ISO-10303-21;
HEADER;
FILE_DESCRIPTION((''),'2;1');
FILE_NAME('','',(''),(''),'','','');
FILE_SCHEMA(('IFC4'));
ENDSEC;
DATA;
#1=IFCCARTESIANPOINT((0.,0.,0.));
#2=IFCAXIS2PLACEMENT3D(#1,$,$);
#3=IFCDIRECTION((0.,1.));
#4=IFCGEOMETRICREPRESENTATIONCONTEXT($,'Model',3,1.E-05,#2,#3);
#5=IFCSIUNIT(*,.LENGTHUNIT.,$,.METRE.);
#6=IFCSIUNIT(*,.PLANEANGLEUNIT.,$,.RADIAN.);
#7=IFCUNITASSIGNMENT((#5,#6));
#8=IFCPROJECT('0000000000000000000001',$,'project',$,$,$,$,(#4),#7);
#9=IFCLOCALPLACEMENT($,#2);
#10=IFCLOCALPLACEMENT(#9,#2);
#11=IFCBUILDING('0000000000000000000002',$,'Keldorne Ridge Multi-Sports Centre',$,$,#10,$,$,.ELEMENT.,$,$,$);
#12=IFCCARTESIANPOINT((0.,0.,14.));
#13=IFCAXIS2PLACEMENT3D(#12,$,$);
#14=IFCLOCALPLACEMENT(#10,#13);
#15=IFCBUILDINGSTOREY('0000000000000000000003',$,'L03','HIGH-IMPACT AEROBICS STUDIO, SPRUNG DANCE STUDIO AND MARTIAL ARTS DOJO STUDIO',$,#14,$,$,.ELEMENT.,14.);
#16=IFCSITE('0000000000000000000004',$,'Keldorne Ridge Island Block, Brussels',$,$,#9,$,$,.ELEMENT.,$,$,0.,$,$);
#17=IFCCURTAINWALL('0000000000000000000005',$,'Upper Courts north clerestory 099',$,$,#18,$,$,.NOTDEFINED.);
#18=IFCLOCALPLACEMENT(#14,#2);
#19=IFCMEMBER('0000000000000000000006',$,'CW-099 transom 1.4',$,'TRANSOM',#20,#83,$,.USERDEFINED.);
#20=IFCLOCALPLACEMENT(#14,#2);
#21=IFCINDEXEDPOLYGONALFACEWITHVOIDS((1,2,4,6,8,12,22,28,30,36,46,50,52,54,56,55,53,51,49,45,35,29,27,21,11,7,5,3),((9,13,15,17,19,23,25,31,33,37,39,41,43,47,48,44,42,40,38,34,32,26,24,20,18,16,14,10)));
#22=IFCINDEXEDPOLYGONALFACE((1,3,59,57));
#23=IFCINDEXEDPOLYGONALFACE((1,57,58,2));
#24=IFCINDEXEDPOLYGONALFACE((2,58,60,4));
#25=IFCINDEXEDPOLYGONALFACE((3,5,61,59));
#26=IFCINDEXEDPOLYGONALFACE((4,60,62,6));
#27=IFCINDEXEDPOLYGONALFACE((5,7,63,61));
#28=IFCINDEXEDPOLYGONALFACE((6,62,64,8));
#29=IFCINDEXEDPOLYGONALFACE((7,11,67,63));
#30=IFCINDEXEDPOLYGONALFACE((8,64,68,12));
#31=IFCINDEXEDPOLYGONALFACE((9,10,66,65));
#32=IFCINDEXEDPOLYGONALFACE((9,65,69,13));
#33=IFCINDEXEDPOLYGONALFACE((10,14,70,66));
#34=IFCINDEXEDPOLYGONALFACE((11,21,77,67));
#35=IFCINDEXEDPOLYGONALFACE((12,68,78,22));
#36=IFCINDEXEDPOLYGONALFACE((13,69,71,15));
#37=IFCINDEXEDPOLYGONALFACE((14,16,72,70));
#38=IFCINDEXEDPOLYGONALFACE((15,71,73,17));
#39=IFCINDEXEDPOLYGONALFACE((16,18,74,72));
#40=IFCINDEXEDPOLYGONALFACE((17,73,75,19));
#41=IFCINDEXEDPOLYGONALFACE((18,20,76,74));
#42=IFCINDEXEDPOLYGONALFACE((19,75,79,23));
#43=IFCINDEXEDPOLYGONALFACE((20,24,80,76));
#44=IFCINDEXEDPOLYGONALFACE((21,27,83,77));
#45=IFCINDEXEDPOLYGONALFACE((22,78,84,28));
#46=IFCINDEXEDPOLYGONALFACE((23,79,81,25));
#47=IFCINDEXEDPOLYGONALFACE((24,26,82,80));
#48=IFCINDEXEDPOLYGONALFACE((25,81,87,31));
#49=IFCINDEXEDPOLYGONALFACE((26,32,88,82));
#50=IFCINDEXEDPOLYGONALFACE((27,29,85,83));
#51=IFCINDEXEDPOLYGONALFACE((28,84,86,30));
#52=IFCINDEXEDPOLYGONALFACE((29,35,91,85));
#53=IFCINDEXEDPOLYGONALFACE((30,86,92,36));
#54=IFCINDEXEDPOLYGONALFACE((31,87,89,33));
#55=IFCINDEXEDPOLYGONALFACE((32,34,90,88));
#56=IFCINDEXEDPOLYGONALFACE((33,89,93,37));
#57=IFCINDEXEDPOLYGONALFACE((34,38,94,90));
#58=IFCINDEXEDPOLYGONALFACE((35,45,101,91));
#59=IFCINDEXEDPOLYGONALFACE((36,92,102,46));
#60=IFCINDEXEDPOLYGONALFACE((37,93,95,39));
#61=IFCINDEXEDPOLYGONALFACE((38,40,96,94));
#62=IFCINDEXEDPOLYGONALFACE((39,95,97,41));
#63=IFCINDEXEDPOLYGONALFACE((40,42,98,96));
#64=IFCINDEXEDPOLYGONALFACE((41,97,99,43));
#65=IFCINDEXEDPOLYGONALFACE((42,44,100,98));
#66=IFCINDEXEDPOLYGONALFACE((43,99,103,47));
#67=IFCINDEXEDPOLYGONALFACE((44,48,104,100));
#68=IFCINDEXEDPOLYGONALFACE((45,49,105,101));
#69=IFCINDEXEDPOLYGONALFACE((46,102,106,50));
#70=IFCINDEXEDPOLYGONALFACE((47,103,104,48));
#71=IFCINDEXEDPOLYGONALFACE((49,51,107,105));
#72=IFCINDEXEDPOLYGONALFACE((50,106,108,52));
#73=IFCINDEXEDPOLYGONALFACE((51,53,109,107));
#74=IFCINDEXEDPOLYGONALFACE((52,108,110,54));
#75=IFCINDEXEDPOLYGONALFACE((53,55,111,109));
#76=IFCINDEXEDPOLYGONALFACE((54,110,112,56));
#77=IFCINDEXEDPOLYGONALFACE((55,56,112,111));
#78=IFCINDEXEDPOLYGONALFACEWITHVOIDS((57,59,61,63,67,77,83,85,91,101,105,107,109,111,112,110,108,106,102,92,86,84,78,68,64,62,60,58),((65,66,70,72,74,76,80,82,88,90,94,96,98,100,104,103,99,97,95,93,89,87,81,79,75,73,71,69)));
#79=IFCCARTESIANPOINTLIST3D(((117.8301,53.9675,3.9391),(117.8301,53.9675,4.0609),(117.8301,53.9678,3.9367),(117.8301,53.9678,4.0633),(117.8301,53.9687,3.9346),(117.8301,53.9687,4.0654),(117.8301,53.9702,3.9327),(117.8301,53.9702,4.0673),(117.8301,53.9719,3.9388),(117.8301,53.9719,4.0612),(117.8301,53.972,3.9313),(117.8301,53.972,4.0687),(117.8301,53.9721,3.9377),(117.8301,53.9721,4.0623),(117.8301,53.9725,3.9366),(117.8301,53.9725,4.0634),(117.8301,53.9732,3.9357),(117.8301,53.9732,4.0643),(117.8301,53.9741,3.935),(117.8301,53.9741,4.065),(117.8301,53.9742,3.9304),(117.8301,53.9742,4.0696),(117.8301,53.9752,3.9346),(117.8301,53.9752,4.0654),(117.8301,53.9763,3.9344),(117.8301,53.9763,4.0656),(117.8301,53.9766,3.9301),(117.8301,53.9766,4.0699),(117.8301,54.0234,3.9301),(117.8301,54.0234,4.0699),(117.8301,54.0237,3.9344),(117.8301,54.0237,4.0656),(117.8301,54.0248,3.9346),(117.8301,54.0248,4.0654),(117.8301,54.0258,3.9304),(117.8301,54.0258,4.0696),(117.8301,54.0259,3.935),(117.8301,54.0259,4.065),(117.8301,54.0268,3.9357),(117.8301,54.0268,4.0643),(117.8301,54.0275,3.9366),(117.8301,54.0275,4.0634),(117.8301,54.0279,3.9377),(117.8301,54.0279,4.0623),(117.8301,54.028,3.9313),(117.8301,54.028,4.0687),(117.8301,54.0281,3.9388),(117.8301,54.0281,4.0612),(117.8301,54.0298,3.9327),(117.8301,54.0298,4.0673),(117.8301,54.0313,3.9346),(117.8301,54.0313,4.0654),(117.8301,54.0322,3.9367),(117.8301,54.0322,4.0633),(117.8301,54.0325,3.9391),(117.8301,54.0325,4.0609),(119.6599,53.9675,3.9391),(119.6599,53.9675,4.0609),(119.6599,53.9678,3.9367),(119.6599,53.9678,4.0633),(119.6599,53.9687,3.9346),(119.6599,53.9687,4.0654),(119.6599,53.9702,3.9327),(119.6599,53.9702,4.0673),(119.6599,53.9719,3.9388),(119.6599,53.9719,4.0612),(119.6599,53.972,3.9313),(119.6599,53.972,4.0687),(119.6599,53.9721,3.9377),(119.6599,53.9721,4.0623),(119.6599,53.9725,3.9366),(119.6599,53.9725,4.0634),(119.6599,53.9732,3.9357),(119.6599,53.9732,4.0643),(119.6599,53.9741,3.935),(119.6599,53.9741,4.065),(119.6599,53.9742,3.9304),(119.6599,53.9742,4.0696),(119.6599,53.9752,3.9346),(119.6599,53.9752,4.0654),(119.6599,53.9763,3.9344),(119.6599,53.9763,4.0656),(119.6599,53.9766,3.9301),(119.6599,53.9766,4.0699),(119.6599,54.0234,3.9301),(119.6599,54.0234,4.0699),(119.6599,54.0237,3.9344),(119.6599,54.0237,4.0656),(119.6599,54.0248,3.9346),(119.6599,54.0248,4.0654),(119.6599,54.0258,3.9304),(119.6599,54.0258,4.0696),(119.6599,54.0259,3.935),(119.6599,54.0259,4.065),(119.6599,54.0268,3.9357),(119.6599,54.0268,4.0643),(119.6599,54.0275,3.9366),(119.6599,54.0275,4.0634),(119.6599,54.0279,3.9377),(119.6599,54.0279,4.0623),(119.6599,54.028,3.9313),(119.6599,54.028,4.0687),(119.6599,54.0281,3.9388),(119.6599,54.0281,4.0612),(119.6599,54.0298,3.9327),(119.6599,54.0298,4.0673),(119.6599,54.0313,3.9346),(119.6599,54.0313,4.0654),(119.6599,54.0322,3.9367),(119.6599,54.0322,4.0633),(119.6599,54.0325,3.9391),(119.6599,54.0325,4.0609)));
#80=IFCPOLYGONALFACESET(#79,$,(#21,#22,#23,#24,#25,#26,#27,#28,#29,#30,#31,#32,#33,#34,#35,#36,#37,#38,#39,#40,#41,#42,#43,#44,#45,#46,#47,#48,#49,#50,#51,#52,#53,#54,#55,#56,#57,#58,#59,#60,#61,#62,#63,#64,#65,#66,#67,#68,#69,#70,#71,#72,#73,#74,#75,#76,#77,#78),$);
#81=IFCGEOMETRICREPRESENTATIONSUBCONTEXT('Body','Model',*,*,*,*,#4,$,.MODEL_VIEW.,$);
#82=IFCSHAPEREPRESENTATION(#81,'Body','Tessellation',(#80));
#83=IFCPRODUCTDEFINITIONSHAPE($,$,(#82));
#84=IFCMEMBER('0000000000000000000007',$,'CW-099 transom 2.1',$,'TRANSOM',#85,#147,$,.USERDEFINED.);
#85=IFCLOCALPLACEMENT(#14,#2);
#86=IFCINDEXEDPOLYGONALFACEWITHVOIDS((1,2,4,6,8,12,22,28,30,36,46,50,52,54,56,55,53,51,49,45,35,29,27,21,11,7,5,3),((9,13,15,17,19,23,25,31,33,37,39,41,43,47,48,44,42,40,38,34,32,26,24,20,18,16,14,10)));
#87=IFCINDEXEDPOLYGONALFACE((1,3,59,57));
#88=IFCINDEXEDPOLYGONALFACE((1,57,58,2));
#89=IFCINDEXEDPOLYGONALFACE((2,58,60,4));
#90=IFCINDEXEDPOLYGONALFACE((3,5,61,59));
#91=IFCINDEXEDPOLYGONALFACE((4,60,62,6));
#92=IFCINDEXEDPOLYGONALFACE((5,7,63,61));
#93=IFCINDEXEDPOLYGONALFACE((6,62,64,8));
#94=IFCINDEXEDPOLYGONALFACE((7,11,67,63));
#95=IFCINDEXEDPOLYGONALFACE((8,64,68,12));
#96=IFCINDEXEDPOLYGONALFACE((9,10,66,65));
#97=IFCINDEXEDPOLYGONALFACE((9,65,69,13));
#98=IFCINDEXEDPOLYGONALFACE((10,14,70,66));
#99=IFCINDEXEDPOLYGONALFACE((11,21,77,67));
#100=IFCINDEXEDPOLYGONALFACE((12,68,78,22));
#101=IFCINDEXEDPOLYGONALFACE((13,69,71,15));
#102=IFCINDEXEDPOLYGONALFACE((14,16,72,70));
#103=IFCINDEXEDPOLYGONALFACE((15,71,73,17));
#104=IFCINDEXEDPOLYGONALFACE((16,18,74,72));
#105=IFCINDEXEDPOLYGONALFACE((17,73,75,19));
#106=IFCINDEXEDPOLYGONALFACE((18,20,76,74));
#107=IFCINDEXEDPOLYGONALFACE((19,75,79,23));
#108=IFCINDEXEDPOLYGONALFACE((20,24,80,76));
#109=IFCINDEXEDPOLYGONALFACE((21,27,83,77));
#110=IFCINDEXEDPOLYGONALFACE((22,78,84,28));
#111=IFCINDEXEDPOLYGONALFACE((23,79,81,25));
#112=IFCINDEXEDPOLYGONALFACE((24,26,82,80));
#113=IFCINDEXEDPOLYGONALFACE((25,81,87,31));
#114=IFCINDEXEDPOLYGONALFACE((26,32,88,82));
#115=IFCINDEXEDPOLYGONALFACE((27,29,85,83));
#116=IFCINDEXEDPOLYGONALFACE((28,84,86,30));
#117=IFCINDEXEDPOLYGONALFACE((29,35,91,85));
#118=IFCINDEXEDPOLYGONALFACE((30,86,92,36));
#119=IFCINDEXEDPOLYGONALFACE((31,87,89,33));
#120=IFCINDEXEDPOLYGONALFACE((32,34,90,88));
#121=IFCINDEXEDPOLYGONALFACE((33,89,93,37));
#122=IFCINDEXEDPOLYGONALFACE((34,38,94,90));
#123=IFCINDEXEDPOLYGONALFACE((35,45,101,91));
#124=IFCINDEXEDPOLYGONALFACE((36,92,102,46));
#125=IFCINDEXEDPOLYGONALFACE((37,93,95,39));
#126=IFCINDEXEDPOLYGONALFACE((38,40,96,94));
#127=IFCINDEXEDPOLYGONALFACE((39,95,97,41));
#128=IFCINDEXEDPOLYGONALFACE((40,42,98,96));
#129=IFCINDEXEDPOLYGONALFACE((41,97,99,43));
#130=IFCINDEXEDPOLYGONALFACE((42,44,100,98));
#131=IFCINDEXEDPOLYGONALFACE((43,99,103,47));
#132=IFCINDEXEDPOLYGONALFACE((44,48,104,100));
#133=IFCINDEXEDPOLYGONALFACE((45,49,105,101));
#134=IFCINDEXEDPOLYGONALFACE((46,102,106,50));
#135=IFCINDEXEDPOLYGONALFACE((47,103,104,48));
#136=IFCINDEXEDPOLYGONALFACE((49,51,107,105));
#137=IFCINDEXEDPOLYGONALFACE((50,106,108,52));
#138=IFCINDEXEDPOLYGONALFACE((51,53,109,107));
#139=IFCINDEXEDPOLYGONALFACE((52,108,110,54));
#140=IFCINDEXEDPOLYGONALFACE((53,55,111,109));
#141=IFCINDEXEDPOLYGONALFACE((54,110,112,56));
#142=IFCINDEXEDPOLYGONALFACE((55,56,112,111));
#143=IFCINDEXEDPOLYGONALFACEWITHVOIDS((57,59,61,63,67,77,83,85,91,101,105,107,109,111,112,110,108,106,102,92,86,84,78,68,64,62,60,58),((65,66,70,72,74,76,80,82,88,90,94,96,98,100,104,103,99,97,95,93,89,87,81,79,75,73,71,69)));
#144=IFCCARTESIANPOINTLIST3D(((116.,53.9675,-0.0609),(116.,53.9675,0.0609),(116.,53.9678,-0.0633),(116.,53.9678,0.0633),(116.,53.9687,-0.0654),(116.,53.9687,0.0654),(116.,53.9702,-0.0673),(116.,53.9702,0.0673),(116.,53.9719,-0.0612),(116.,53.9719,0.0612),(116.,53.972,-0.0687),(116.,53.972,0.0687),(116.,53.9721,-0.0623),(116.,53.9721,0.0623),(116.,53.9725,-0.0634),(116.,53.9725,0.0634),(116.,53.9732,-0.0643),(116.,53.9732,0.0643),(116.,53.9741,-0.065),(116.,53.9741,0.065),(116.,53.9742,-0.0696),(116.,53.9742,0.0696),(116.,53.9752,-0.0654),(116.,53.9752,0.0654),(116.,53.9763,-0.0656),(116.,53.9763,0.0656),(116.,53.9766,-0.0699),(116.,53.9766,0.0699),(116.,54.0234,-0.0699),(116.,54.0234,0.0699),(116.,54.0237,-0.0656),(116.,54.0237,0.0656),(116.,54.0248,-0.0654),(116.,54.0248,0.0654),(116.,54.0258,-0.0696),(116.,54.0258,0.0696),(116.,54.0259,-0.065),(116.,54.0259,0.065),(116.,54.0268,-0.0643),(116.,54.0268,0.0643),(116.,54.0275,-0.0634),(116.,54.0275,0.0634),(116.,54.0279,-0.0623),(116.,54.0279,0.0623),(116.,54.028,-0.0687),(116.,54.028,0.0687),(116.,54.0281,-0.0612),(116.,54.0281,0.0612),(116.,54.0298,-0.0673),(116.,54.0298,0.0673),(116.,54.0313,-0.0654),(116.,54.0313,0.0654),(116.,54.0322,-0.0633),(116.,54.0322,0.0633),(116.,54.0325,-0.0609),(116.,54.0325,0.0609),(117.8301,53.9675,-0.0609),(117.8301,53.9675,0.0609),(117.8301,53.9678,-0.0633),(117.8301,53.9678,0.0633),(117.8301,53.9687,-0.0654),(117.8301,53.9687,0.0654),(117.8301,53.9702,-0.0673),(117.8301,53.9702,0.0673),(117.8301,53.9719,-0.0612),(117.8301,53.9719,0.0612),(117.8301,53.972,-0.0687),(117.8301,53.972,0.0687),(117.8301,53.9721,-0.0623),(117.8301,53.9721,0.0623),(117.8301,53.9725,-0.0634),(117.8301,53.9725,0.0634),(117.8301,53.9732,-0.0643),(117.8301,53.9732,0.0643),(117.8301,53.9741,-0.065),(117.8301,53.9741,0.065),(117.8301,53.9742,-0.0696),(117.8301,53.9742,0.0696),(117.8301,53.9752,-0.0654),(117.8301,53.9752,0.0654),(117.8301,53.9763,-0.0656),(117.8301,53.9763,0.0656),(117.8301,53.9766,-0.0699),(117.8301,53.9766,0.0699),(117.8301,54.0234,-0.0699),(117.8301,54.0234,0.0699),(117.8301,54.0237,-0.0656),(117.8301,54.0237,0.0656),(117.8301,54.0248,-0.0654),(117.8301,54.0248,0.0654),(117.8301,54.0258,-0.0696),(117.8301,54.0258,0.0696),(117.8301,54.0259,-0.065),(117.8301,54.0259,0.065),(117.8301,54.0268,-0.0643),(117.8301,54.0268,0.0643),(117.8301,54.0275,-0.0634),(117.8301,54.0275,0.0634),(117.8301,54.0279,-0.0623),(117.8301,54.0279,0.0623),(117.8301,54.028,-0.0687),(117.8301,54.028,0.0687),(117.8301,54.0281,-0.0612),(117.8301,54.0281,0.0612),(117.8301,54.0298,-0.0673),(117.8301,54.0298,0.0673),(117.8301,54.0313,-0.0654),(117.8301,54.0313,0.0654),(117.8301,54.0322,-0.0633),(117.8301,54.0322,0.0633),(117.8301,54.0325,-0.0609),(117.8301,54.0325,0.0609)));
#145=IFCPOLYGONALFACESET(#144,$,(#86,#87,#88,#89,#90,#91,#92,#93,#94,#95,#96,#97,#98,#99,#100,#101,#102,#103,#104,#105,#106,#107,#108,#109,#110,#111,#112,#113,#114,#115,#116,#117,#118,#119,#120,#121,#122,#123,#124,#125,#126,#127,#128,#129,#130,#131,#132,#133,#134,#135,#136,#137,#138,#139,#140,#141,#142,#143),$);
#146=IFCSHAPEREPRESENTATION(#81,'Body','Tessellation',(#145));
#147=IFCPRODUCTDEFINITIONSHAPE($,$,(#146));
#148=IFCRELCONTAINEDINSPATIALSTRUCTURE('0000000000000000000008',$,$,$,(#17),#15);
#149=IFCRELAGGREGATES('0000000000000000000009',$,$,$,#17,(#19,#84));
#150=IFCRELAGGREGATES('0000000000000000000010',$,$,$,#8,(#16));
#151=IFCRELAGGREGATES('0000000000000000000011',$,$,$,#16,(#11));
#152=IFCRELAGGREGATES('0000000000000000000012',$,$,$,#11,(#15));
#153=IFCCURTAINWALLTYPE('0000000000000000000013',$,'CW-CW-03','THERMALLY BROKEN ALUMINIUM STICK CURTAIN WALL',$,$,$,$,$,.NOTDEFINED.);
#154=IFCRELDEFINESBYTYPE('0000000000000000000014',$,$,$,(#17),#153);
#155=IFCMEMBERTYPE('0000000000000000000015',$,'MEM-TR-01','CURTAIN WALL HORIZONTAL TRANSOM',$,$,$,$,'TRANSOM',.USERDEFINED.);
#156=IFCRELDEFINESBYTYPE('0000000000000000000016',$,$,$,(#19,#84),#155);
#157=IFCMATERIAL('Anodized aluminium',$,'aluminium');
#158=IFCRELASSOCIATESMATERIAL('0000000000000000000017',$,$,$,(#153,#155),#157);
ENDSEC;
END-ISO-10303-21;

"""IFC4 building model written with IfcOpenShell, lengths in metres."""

from ifc_helpers import new_model, si_unit, direction, frame, origin, origin_2d, place, context, subcontext, project, spatial, hollow_rectangle, extrude, material, material_profile, profile_set, type_object, element, aggregate, save


model = new_model("IFC4")

# Units and contexts
model_context = context("Model", 3, precision=1e-05, world=origin(), true_north=direction((0.0, 1.0)))
body_context = subcontext(model_context, "Body", "Model", "MODEL_VIEW")
ifc_project = project(units=[si_unit("LENGTHUNIT", "METRE"), si_unit("PLANEANGLEUNIT", "RADIAN")], contexts=[model_context])

# Site, building, storey
site_placement = place(None, origin())
site = spatial("IfcSite", under=ifc_project, at=site_placement, Name="Keldorne Ridge Island Block, Brussels", CompositionType="ELEMENT", RefElevation=0.0)
building_placement = place(site_placement, origin())
building = spatial("IfcBuilding", under=site, at=building_placement, Name="Keldorne Ridge Multi-Sports Centre", CompositionType="ELEMENT")
storey_placement = place(building_placement, frame((0.0, 0.0, 14.0)))
storey = spatial("IfcBuildingStorey", under=building, at=storey_placement, Name="L03", Description="HIGH-IMPACT AEROBICS STUDIO, SPRUNG DANCE STUDIO AND MARTIAL ARTS DOJO STUDIO", CompositionType="ELEMENT", Elevation=14.0)

# Curtain wall, members
ifc_material_1 = material(Name="Anodized aluminium", Category="aluminium")
curtain_wall_type = type_object("IfcCurtainWallType", Name="CW-CW-03", Description="THERMALLY BROKEN ALUMINIUM STICK CURTAIN WALL", PredefinedType="NOTDEFINED", material=ifc_material_1)
curtain_wall_placement = place(storey_placement, origin())
curtain_wall = element("IfcCurtainWall", 1, at=curtain_wall_placement, inside=storey, type_object=curtain_wall_type, Name="Upper Courts north clerestory 099", PredefinedType="NOTDEFINED")
ifc_material_profile_1 = material_profile(ifc_material_1, hollow_rectangle(XDim=0.0649, YDim=0.1399, WallThickness=0.0044, InnerFilletRadius=0.0044, OuterFilletRadius=0.009, at=origin_2d()), Name="ALU TRANSOM 140x65x4.5")
ifc_profile_set_1 = profile_set([ifc_material_profile_1], Name="Anodized aluminium")
member_type_1 = type_object("IfcMemberType", Name="MEM-TR-01", Description="CURTAIN WALL HORIZONTAL TRANSOM", ElementType="TRANSOM", PredefinedType="USERDEFINED", material=ifc_profile_set_1)
member_1_placement = place(storey_placement, frame((119.6599, 54.0, 4.0), z_axis=(-1.0, 0.0, 0.0), x_axis=(0.0, -1.0, 0.0)))
member_1 = element("IfcMember", 2, at=member_1_placement, type_object=member_type_1, Name="CW-099 transom 1.4", ObjectType="TRANSOM", PredefinedType="USERDEFINED", context=body_context, shape_type="SweptSolid", body=[
    extrude(hollow_rectangle(XDim=0.0649, YDim=0.1399, WallThickness=0.0044, InnerFilletRadius=0.0044, OuterFilletRadius=0.009, at=origin_2d()), origin(), (0.0, 0.0, 1.0), 1.8298),
])
member_2_placement = place(storey_placement, frame((117.8301, 54.0, 0.0), z_axis=(-1.0, 0.0, 0.0), x_axis=(0.0, -1.0, 0.0)))
member_2 = element("IfcMember", 3, at=member_2_placement, type_object=member_type_1, Name="CW-099 transom 2.1", ObjectType="TRANSOM", PredefinedType="USERDEFINED", context=body_context, shape_type="SweptSolid", body=[
    extrude(hollow_rectangle(XDim=0.0649, YDim=0.1399, WallThickness=0.0044, InnerFilletRadius=0.0044, OuterFilletRadius=0.009, at=origin_2d()), origin(), (0.0, 0.0, 1.0), 1.8301),
])
aggregate(curtain_wall, [member_1, member_2])

save(model, "model.ifc")
